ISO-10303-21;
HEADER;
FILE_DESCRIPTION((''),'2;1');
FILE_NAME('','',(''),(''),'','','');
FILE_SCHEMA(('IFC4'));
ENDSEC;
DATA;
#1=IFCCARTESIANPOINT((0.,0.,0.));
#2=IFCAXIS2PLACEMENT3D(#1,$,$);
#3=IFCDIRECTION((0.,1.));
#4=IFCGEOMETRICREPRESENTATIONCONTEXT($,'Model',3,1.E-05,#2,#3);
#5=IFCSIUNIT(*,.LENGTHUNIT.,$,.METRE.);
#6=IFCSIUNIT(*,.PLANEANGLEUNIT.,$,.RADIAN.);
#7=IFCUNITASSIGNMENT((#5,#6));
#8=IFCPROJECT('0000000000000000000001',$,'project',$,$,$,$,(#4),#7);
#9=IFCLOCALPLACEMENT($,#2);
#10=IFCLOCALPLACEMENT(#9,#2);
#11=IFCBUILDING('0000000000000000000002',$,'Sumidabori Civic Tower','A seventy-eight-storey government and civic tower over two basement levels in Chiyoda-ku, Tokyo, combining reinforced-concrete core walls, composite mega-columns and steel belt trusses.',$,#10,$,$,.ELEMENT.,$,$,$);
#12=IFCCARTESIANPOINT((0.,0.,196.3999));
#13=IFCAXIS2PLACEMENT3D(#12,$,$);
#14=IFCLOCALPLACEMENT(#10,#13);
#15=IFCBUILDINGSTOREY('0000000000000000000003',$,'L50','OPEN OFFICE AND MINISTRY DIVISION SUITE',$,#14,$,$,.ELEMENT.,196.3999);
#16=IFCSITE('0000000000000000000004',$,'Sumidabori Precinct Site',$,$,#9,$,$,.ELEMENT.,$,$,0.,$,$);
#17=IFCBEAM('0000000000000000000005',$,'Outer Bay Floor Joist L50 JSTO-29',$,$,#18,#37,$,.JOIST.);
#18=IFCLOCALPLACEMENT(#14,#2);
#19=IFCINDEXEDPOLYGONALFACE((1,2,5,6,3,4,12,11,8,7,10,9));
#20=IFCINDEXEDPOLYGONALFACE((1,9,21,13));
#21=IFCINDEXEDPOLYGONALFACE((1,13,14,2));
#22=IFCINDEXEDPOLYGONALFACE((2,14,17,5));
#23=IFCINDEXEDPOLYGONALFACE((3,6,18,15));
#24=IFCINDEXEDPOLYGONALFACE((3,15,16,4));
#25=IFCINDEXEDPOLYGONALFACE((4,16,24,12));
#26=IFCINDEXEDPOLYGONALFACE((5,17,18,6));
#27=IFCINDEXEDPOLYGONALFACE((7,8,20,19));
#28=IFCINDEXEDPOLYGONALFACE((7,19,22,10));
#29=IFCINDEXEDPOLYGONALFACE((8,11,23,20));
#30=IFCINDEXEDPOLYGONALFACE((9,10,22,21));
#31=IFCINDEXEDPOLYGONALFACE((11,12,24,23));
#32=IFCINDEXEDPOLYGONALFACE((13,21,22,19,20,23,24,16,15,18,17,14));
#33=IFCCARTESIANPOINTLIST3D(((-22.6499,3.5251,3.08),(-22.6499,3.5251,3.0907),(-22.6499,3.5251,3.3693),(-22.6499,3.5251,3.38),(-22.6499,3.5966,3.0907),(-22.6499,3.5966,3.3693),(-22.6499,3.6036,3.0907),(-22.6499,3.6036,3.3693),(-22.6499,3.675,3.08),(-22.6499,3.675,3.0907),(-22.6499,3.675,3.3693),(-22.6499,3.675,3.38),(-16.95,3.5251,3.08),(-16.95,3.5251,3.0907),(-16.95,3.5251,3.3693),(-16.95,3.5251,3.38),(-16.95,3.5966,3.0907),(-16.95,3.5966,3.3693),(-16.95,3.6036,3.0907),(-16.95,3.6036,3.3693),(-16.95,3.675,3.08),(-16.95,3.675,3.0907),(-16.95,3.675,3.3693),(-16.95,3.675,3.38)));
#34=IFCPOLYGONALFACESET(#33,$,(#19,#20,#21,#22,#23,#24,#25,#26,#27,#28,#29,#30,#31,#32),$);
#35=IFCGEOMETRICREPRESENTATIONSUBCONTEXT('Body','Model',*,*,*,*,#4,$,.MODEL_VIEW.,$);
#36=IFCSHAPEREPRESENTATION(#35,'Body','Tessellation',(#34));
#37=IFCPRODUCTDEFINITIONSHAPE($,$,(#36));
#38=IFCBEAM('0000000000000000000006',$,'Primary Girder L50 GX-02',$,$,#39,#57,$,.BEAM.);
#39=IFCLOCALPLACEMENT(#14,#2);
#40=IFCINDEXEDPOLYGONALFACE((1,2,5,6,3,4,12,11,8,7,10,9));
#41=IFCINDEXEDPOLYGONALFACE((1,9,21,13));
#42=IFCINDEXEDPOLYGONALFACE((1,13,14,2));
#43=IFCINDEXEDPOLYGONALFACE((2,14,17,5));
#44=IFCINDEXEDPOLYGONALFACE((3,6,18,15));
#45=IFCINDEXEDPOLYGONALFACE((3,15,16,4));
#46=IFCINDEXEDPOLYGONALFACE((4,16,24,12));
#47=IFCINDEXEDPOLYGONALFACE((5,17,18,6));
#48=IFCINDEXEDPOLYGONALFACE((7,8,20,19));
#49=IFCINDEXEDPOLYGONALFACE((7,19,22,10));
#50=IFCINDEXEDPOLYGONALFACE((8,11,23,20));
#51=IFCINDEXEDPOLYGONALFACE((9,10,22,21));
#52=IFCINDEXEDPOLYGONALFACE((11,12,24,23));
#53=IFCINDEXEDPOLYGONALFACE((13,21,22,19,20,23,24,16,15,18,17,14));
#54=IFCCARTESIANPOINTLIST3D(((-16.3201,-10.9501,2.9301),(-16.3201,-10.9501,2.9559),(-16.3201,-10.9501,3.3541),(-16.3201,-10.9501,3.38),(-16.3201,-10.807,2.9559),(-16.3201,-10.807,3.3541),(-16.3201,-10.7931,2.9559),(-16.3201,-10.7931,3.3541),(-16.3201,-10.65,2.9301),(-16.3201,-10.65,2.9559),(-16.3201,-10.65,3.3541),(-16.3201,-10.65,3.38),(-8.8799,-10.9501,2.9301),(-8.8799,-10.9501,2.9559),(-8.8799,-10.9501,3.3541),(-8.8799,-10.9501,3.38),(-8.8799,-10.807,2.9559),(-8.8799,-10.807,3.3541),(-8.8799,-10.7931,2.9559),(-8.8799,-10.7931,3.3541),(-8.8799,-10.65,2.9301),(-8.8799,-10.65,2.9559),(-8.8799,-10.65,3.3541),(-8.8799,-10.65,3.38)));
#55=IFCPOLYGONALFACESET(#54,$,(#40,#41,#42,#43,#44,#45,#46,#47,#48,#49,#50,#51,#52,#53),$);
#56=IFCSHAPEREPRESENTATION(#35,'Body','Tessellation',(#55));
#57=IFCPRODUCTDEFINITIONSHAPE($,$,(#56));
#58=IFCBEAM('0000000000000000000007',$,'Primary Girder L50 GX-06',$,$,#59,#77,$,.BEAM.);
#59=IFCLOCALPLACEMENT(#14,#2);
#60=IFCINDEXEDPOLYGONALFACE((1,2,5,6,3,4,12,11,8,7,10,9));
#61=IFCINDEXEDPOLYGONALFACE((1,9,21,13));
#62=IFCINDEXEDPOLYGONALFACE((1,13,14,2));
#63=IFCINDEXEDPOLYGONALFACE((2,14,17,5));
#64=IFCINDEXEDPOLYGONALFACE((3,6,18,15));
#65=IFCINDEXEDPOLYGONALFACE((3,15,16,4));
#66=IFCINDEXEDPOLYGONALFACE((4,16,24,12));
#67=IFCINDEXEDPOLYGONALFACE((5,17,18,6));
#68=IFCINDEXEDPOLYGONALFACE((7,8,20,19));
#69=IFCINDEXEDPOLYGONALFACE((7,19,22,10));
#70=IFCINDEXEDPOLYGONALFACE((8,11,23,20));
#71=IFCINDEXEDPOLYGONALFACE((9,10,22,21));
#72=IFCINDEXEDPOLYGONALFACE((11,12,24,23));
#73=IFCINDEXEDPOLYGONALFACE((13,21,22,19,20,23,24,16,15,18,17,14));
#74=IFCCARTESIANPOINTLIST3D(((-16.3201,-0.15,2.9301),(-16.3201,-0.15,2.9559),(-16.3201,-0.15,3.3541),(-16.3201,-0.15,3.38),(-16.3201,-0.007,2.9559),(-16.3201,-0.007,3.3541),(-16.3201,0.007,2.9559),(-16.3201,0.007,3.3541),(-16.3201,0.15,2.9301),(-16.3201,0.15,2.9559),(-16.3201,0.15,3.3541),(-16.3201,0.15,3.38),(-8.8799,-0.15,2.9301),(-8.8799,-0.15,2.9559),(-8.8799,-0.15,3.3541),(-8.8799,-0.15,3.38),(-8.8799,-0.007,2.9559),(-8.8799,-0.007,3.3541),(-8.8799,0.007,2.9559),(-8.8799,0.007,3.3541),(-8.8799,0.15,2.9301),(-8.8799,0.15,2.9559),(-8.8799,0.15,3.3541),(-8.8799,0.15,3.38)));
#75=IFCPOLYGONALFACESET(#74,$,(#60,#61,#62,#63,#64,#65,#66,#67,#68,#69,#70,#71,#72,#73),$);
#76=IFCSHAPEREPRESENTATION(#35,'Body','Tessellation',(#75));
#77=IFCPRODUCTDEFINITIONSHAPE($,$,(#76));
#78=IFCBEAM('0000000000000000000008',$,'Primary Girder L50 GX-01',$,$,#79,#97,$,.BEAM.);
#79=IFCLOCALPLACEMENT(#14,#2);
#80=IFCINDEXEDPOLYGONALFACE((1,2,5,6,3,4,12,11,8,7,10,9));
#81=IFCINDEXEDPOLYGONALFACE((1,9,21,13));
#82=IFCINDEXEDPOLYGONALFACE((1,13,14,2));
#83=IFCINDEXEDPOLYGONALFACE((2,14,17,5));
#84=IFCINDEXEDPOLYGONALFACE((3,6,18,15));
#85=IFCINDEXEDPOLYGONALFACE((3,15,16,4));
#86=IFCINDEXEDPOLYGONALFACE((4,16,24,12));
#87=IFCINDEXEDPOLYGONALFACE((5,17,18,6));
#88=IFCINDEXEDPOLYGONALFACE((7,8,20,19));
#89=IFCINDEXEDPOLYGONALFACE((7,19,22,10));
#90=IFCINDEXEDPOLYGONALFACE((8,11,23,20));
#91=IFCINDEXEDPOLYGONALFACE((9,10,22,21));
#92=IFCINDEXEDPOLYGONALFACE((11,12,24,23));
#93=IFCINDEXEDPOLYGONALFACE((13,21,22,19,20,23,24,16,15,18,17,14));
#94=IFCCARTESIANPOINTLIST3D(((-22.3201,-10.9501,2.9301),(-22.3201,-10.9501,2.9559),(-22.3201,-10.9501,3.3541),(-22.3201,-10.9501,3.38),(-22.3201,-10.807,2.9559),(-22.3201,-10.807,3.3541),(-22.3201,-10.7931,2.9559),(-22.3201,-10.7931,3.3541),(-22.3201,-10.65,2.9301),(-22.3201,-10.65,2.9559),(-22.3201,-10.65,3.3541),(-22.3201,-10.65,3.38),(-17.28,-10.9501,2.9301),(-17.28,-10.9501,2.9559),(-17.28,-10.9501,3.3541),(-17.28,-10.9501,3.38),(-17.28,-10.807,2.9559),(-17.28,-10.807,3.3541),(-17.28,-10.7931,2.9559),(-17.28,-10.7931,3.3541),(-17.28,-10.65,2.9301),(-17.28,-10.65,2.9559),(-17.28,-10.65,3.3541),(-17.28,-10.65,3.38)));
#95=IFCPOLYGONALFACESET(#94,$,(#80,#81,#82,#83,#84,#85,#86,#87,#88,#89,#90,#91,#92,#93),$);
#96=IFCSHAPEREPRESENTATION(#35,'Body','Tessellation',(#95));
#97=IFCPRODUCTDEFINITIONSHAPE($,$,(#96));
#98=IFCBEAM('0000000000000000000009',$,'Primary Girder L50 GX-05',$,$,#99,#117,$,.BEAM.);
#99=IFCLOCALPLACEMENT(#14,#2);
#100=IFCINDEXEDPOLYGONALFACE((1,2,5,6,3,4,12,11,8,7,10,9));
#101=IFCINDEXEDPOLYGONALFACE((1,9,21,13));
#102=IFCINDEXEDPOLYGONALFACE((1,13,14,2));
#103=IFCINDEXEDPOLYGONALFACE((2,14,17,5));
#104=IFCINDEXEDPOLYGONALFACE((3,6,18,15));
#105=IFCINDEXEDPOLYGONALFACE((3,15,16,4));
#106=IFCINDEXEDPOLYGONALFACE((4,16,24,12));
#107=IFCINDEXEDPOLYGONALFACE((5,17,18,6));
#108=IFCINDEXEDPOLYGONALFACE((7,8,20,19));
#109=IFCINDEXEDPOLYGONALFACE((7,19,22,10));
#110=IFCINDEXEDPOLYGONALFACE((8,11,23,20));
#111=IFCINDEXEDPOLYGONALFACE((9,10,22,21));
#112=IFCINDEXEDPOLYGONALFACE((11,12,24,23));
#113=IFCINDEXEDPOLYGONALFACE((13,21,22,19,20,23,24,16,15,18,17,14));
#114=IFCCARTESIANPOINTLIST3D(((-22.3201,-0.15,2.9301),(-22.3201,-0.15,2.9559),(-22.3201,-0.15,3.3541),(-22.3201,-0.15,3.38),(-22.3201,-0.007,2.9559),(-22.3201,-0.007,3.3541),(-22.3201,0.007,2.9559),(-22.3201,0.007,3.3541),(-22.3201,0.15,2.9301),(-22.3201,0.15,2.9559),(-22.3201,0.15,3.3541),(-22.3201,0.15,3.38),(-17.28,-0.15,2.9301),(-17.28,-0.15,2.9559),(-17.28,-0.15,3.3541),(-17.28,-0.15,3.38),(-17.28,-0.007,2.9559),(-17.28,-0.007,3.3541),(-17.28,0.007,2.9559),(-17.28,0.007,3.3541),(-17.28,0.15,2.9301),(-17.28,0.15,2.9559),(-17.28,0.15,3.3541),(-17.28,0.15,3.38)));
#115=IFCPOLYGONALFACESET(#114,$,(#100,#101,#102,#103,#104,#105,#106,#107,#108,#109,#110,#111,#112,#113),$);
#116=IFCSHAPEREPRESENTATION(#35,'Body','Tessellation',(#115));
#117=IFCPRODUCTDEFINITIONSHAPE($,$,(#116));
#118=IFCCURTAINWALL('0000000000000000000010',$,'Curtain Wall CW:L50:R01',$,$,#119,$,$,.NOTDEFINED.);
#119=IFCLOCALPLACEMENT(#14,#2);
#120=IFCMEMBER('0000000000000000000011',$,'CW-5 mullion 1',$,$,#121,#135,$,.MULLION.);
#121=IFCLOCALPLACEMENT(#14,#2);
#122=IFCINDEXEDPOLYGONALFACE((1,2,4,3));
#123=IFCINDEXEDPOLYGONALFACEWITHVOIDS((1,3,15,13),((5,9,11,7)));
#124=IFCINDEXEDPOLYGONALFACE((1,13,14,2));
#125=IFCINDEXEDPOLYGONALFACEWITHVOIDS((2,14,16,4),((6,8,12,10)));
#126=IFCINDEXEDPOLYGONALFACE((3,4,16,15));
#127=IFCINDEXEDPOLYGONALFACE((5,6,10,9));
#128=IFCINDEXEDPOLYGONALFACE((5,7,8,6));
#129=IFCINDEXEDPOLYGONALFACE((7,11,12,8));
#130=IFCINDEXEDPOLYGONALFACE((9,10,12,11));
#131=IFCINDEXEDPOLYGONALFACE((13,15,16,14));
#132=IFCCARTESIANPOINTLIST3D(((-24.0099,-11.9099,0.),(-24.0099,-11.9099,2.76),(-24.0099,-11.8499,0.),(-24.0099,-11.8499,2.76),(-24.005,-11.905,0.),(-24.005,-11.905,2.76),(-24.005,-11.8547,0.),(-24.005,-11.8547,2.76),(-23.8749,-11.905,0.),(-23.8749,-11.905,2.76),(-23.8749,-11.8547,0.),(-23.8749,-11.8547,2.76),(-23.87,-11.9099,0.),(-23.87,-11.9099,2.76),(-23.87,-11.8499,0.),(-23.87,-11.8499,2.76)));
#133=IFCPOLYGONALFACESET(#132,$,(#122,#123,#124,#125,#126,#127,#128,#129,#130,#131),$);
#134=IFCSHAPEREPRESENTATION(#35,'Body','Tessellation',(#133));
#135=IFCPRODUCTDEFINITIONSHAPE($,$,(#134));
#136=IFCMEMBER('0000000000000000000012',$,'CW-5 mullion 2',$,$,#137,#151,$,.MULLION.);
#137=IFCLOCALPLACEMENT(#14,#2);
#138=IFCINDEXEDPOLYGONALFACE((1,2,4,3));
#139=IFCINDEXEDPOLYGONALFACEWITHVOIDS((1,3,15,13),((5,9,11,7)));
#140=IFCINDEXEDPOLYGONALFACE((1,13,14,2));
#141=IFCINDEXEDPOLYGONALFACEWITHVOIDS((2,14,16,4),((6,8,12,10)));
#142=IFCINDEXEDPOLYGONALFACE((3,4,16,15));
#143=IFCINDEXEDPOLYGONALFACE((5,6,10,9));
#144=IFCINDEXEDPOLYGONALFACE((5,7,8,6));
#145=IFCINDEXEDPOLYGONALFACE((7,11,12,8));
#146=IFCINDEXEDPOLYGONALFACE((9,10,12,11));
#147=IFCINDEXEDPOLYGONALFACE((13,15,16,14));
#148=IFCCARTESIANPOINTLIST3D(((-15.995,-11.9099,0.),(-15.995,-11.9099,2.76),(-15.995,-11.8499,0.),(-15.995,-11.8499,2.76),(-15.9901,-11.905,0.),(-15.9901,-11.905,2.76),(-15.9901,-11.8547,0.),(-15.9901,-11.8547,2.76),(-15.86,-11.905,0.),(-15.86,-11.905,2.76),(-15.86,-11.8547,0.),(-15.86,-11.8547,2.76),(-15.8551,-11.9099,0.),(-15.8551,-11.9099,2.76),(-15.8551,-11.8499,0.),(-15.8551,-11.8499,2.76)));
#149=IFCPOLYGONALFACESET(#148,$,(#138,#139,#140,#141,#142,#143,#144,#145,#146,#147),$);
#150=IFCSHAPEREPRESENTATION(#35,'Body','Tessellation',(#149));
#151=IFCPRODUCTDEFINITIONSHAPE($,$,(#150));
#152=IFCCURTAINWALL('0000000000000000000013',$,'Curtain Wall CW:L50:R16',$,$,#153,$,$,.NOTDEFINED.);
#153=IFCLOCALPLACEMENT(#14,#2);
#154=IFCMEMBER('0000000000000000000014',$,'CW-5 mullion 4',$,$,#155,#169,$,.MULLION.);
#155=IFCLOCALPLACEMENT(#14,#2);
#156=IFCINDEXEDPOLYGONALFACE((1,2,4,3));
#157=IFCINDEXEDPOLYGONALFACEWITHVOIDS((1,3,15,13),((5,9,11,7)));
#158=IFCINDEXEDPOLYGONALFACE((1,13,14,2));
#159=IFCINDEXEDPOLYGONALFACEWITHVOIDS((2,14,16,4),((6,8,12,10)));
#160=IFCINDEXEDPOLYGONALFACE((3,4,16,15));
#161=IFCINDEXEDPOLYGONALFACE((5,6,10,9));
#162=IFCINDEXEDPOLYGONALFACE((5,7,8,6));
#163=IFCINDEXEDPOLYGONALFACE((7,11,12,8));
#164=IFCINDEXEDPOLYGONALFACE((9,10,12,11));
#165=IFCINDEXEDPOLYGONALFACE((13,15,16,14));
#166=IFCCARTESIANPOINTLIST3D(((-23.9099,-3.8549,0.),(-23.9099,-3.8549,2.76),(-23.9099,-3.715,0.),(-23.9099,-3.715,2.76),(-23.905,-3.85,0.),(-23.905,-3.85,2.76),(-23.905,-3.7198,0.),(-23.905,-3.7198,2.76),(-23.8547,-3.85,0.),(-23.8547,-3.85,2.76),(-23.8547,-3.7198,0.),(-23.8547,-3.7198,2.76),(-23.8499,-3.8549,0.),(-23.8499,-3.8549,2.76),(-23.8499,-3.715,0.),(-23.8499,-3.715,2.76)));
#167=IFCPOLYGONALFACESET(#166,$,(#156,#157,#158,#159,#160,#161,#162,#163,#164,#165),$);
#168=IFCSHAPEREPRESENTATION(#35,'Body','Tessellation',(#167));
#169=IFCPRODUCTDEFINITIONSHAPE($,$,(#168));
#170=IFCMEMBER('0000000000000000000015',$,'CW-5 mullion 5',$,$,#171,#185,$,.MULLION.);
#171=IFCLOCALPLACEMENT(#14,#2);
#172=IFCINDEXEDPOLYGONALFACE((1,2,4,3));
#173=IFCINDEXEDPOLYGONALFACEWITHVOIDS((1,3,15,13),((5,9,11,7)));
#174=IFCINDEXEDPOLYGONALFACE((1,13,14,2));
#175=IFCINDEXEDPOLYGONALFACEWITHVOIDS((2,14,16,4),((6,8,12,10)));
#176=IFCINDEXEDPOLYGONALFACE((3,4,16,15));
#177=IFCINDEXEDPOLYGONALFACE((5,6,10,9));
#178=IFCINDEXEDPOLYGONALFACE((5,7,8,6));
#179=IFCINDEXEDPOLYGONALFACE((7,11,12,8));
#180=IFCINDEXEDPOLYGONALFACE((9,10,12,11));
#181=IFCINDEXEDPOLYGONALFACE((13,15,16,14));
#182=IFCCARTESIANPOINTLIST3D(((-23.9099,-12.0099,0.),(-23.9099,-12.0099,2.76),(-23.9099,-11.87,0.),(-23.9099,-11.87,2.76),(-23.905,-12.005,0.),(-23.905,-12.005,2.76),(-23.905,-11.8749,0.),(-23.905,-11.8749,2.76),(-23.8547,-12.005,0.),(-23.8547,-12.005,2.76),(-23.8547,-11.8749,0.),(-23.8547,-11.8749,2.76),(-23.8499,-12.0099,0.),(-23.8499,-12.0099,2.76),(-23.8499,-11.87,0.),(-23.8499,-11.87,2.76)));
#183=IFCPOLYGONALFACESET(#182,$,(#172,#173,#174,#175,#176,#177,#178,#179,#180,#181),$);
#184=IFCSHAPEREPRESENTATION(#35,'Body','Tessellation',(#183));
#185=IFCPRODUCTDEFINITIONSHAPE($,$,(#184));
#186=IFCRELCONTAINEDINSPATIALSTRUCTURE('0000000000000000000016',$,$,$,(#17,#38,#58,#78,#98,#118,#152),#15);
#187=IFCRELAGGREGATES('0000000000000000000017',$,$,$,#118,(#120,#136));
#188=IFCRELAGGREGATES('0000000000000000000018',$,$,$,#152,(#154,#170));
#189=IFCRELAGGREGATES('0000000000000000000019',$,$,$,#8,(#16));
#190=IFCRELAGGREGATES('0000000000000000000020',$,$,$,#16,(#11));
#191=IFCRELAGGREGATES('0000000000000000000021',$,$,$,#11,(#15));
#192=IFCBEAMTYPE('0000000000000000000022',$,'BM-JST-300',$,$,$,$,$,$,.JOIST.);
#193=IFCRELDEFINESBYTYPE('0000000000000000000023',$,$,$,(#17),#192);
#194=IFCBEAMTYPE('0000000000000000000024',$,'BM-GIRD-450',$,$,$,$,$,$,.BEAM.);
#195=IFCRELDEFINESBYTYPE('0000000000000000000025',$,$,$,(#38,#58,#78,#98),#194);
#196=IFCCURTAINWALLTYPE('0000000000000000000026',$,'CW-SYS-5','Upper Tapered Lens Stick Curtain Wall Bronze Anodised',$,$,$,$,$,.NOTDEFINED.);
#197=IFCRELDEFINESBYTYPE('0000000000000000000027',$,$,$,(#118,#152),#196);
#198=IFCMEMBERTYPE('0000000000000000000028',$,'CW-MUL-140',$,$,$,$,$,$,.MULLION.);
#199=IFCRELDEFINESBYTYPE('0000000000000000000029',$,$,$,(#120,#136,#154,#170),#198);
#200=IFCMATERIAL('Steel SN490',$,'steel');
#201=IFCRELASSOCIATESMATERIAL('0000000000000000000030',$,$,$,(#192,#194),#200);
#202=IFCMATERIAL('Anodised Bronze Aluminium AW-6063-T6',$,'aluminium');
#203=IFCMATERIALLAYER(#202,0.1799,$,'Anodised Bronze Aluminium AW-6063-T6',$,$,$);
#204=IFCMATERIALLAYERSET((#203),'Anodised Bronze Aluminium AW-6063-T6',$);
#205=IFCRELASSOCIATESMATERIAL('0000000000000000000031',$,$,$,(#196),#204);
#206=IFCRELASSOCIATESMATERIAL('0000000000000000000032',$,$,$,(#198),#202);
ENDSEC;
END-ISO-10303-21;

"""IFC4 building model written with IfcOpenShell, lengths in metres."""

from ifc_helpers import new_model, si_unit, direction, frame, origin, origin_2d, place, context, subcontext, project, spatial, hollow_rectangle, i_section, extrude, source, transform, mapped, material, layer, layer_set, material_profile, profile_set, type_object, element, aggregate, save


model = new_model("IFC4")

# Units and contexts
model_context = context("Model", 3, precision=1e-05, world=origin(), true_north=direction((0.0, 1.0)))
body_context = subcontext(model_context, "Body", "Model", "MODEL_VIEW")
ifc_project = project(units=[si_unit("LENGTHUNIT", "METRE"), si_unit("PLANEANGLEUNIT", "RADIAN")], contexts=[model_context])

# Site, building, storey
site_placement = place(None, origin())
site = spatial("IfcSite", under=ifc_project, at=site_placement, Name="Sumidabori Precinct Site", CompositionType="ELEMENT", RefElevation=0.0)
building_placement = place(site_placement, origin())
building = spatial("IfcBuilding", under=site, at=building_placement, Name="Sumidabori Civic Tower", Description="A seventy-eight-storey government and civic tower over two basement levels in Chiyoda-ku, Tokyo, combining reinforced-concrete core walls, composite mega-columns and steel belt trusses.", CompositionType="ELEMENT")
storey_placement = place(building_placement, frame((0.0, 0.0, 196.3999)))
storey = spatial("IfcBuildingStorey", under=building, at=storey_placement, Name="L50", Description="OPEN OFFICE AND MINISTRY DIVISION SUITE", CompositionType="ELEMENT", Elevation=196.3999)

# Beams
ifc_material_1 = material(Name="Steel SN490", Category="steel")
ifc_material_profile_1 = material_profile(ifc_material_1, i_section(OverallWidth=0.1499, OverallDepth=0.3, WebThickness=0.0071, FlangeThickness=0.0107, at=origin_2d()), Name="IPE 300")
ifc_profile_set_1 = profile_set([ifc_material_profile_1], Name="Steel SN490")
beam_type_1 = type_object("IfcBeamType", Name="BM-JST-300", PredefinedType="JOIST", material=ifc_profile_set_1)
shared_shape_1 = source(origin(), body_context, "Body", "SweptSolid", [
    extrude(i_section(OverallWidth=0.1499, OverallDepth=0.3, WebThickness=0.0071, FlangeThickness=0.0107, at=origin_2d()), origin(), (0.0, 0.0, 1.0), 5.7),
])
for number, where, z_axis, x_axis, name in (
    (1, (-22.6499, 3.6001, 3.23), (1.0, 0.0, 0.0), (0.0, 1.0, 0.0), "Outer Bay Floor Joist L50 JSTO-29"),
):
    element("IfcBeam", number, at=place(storey_placement, frame(where, z_axis=z_axis, x_axis=x_axis)), inside=storey, type_object=beam_type_1, Name=name, PredefinedType="JOIST", context=body_context, shape_type="MappedRepresentation", body=[
        mapped(shared_shape_1, transform((0.0, 0.0, 0.0), x_axis=(1.0, 0.0, 0.0), y_axis=(0.0, 1.0, 0.0), z_axis=(0.0, 0.0, 1.0), scale=1.0)),
    ])
ifc_material_profile_2 = material_profile(ifc_material_1, i_section(OverallWidth=0.3, OverallDepth=0.45, WebThickness=0.0139, FlangeThickness=0.0259, at=origin_2d()), Name="HE 450 B")
ifc_profile_set_2 = profile_set([ifc_material_profile_2], Name="Steel SN490")
beam_type_2 = type_object("IfcBeamType", Name="BM-GIRD-450", PredefinedType="BEAM", material=ifc_profile_set_2)
shared_shape_2 = source(origin(), body_context, "Body", "SweptSolid", [
    extrude(i_section(OverallWidth=0.3, OverallDepth=0.45, WebThickness=0.0139, FlangeThickness=0.0259, at=origin_2d()), origin(), (0.0, 0.0, 1.0), 7.4402),
])
for number, where, z_axis, x_axis, name in (
    (2, (-16.3201, -10.8, 3.155), (1.0, 0.0, 0.0), (0.0, 1.0, 0.0), "Primary Girder L50 GX-02"),
    (3, (-16.3201, 0.0, 3.155), (1.0, 0.0, 0.0), (0.0, 1.0, 0.0), "Primary Girder L50 GX-06"),
):
    element("IfcBeam", number, at=place(storey_placement, frame(where, z_axis=z_axis, x_axis=x_axis)), inside=storey, type_object=beam_type_2, Name=name, PredefinedType="BEAM", context=body_context, shape_type="MappedRepresentation", body=[
        mapped(shared_shape_2, transform((0.0, 0.0, 0.0), x_axis=(1.0, 0.0, 0.0), y_axis=(0.0, 1.0, 0.0), z_axis=(0.0, 0.0, 1.0), scale=1.0)),
    ])
shared_shape_3 = source(origin(), body_context, "Body", "SweptSolid", [
    extrude(i_section(OverallWidth=0.3, OverallDepth=0.45, WebThickness=0.0139, FlangeThickness=0.0259, at=origin_2d()), origin(), (0.0, 0.0, 1.0), 5.04),
])
for number, where, z_axis, x_axis, name in (
    (4, (-22.3201, -10.8, 3.155), (1.0, 0.0, 0.0), (0.0, 1.0, 0.0), "Primary Girder L50 GX-01"),
    (5, (-22.3201, 0.0, 3.155), (1.0, 0.0, 0.0), (0.0, 1.0, 0.0), "Primary Girder L50 GX-05"),
):
    element("IfcBeam", number, at=place(storey_placement, frame(where, z_axis=z_axis, x_axis=x_axis)), inside=storey, type_object=beam_type_2, Name=name, PredefinedType="BEAM", context=body_context, shape_type="MappedRepresentation", body=[
        mapped(shared_shape_3, transform((0.0, 0.0, 0.0), x_axis=(1.0, 0.0, 0.0), y_axis=(0.0, 1.0, 0.0), z_axis=(0.0, 0.0, 1.0), scale=1.0)),
    ])

# Curtain walls, members
ifc_material_2 = material(Name="Anodised Bronze Aluminium AW-6063-T6", Category="aluminium")
ifc_layer_1 = layer(ifc_material_2, 0.1799, Name="Anodised Bronze Aluminium AW-6063-T6")
ifc_layer_set_1 = layer_set([ifc_layer_1], Name="Anodised Bronze Aluminium AW-6063-T6")
curtain_wall_type = type_object("IfcCurtainWallType", Name="CW-SYS-5", Description="Upper Tapered Lens Stick Curtain Wall Bronze Anodised", PredefinedType="NOTDEFINED", material=ifc_layer_set_1)
curtain_wall_1_placement = place(storey_placement, origin())
curtain_wall_1 = element("IfcCurtainWall", 6, at=curtain_wall_1_placement, inside=storey, type_object=curtain_wall_type, Name="Curtain Wall CW:L50:R01", PredefinedType="NOTDEFINED")
ifc_material_profile_3 = material_profile(ifc_material_2, hollow_rectangle(XDim=0.0601, YDim=0.1399, WallThickness=0.0049, at=origin_2d()), Name="ALU MULLION 140x60")
ifc_profile_set_3 = profile_set([ifc_material_profile_3], Name="Anodised Bronze Aluminium AW-6063-T6")
member_type_1 = type_object("IfcMemberType", Name="CW-MUL-140", PredefinedType="MULLION", material=ifc_profile_set_3)
shared_shape_4 = source(origin(), body_context, "Body", "SweptSolid", [
    extrude(hollow_rectangle(XDim=0.0601, YDim=0.1399, WallThickness=0.0049, at=origin_2d()), origin(), (0.0, 0.0, 1.0), 2.76),
])
member_1_placement = place(storey_placement, frame((-23.9399, -11.8799, 0.0), z_axis=(0.0, 0.0, 1.0), x_axis=(0.0, 1.0, 0.0)))
member_1 = element("IfcMember", 7, at=member_1_placement, type_object=member_type_1, Name="CW-5 mullion 1", PredefinedType="MULLION", context=body_context, shape_type="MappedRepresentation", body=[
    mapped(shared_shape_4, transform((0.0, 0.0, 0.0), x_axis=(1.0, 0.0, 0.0), y_axis=(0.0, 1.0, 0.0), z_axis=(0.0, 0.0, 1.0), scale=1.0)),
])
member_2_placement = place(storey_placement, frame((-15.925, -11.8799, 0.0), z_axis=(0.0, 0.0, 1.0), x_axis=(0.0, 1.0, 0.0)))
member_2 = element("IfcMember", 8, at=member_2_placement, type_object=member_type_1, Name="CW-5 mullion 2", PredefinedType="MULLION", context=body_context, shape_type="MappedRepresentation", body=[
    mapped(shared_shape_4, transform((0.0, 0.0, 0.0), x_axis=(1.0, 0.0, 0.0), y_axis=(0.0, 1.0, 0.0), z_axis=(0.0, 0.0, 1.0), scale=1.0)),
])
curtain_wall_2_placement = place(storey_placement, origin())
curtain_wall_2 = element("IfcCurtainWall", 9, at=curtain_wall_2_placement, inside=storey, type_object=curtain_wall_type, Name="Curtain Wall CW:L50:R16", PredefinedType="NOTDEFINED")
member_3_placement = place(storey_placement, frame((-23.8799, -3.7849, 0.0), z_axis=(0.0, 0.0, 1.0), x_axis=(1.0, 0.0, 0.0)))
member_3 = element("IfcMember", 10, at=member_3_placement, type_object=member_type_1, Name="CW-5 mullion 4", PredefinedType="MULLION", context=body_context, shape_type="MappedRepresentation", body=[
    mapped(shared_shape_4, transform((0.0, 0.0, 0.0), x_axis=(1.0, 0.0, 0.0), y_axis=(0.0, 1.0, 0.0), z_axis=(0.0, 0.0, 1.0), scale=1.0)),
])
member_4_placement = place(storey_placement, frame((-23.8799, -11.9399, 0.0), z_axis=(0.0, 0.0, 1.0), x_axis=(1.0, 0.0, 0.0)))
member_4 = element("IfcMember", 11, at=member_4_placement, type_object=member_type_1, Name="CW-5 mullion 5", PredefinedType="MULLION", context=body_context, shape_type="MappedRepresentation", body=[
    mapped(shared_shape_4, transform((0.0, 0.0, 0.0), x_axis=(1.0, 0.0, 0.0), y_axis=(0.0, 1.0, 0.0), z_axis=(0.0, 0.0, 1.0), scale=1.0)),
])

aggregate(curtain_wall_1, [member_1, member_2])
aggregate(curtain_wall_2, [member_3, member_4])

save(model, "model.ifc")
